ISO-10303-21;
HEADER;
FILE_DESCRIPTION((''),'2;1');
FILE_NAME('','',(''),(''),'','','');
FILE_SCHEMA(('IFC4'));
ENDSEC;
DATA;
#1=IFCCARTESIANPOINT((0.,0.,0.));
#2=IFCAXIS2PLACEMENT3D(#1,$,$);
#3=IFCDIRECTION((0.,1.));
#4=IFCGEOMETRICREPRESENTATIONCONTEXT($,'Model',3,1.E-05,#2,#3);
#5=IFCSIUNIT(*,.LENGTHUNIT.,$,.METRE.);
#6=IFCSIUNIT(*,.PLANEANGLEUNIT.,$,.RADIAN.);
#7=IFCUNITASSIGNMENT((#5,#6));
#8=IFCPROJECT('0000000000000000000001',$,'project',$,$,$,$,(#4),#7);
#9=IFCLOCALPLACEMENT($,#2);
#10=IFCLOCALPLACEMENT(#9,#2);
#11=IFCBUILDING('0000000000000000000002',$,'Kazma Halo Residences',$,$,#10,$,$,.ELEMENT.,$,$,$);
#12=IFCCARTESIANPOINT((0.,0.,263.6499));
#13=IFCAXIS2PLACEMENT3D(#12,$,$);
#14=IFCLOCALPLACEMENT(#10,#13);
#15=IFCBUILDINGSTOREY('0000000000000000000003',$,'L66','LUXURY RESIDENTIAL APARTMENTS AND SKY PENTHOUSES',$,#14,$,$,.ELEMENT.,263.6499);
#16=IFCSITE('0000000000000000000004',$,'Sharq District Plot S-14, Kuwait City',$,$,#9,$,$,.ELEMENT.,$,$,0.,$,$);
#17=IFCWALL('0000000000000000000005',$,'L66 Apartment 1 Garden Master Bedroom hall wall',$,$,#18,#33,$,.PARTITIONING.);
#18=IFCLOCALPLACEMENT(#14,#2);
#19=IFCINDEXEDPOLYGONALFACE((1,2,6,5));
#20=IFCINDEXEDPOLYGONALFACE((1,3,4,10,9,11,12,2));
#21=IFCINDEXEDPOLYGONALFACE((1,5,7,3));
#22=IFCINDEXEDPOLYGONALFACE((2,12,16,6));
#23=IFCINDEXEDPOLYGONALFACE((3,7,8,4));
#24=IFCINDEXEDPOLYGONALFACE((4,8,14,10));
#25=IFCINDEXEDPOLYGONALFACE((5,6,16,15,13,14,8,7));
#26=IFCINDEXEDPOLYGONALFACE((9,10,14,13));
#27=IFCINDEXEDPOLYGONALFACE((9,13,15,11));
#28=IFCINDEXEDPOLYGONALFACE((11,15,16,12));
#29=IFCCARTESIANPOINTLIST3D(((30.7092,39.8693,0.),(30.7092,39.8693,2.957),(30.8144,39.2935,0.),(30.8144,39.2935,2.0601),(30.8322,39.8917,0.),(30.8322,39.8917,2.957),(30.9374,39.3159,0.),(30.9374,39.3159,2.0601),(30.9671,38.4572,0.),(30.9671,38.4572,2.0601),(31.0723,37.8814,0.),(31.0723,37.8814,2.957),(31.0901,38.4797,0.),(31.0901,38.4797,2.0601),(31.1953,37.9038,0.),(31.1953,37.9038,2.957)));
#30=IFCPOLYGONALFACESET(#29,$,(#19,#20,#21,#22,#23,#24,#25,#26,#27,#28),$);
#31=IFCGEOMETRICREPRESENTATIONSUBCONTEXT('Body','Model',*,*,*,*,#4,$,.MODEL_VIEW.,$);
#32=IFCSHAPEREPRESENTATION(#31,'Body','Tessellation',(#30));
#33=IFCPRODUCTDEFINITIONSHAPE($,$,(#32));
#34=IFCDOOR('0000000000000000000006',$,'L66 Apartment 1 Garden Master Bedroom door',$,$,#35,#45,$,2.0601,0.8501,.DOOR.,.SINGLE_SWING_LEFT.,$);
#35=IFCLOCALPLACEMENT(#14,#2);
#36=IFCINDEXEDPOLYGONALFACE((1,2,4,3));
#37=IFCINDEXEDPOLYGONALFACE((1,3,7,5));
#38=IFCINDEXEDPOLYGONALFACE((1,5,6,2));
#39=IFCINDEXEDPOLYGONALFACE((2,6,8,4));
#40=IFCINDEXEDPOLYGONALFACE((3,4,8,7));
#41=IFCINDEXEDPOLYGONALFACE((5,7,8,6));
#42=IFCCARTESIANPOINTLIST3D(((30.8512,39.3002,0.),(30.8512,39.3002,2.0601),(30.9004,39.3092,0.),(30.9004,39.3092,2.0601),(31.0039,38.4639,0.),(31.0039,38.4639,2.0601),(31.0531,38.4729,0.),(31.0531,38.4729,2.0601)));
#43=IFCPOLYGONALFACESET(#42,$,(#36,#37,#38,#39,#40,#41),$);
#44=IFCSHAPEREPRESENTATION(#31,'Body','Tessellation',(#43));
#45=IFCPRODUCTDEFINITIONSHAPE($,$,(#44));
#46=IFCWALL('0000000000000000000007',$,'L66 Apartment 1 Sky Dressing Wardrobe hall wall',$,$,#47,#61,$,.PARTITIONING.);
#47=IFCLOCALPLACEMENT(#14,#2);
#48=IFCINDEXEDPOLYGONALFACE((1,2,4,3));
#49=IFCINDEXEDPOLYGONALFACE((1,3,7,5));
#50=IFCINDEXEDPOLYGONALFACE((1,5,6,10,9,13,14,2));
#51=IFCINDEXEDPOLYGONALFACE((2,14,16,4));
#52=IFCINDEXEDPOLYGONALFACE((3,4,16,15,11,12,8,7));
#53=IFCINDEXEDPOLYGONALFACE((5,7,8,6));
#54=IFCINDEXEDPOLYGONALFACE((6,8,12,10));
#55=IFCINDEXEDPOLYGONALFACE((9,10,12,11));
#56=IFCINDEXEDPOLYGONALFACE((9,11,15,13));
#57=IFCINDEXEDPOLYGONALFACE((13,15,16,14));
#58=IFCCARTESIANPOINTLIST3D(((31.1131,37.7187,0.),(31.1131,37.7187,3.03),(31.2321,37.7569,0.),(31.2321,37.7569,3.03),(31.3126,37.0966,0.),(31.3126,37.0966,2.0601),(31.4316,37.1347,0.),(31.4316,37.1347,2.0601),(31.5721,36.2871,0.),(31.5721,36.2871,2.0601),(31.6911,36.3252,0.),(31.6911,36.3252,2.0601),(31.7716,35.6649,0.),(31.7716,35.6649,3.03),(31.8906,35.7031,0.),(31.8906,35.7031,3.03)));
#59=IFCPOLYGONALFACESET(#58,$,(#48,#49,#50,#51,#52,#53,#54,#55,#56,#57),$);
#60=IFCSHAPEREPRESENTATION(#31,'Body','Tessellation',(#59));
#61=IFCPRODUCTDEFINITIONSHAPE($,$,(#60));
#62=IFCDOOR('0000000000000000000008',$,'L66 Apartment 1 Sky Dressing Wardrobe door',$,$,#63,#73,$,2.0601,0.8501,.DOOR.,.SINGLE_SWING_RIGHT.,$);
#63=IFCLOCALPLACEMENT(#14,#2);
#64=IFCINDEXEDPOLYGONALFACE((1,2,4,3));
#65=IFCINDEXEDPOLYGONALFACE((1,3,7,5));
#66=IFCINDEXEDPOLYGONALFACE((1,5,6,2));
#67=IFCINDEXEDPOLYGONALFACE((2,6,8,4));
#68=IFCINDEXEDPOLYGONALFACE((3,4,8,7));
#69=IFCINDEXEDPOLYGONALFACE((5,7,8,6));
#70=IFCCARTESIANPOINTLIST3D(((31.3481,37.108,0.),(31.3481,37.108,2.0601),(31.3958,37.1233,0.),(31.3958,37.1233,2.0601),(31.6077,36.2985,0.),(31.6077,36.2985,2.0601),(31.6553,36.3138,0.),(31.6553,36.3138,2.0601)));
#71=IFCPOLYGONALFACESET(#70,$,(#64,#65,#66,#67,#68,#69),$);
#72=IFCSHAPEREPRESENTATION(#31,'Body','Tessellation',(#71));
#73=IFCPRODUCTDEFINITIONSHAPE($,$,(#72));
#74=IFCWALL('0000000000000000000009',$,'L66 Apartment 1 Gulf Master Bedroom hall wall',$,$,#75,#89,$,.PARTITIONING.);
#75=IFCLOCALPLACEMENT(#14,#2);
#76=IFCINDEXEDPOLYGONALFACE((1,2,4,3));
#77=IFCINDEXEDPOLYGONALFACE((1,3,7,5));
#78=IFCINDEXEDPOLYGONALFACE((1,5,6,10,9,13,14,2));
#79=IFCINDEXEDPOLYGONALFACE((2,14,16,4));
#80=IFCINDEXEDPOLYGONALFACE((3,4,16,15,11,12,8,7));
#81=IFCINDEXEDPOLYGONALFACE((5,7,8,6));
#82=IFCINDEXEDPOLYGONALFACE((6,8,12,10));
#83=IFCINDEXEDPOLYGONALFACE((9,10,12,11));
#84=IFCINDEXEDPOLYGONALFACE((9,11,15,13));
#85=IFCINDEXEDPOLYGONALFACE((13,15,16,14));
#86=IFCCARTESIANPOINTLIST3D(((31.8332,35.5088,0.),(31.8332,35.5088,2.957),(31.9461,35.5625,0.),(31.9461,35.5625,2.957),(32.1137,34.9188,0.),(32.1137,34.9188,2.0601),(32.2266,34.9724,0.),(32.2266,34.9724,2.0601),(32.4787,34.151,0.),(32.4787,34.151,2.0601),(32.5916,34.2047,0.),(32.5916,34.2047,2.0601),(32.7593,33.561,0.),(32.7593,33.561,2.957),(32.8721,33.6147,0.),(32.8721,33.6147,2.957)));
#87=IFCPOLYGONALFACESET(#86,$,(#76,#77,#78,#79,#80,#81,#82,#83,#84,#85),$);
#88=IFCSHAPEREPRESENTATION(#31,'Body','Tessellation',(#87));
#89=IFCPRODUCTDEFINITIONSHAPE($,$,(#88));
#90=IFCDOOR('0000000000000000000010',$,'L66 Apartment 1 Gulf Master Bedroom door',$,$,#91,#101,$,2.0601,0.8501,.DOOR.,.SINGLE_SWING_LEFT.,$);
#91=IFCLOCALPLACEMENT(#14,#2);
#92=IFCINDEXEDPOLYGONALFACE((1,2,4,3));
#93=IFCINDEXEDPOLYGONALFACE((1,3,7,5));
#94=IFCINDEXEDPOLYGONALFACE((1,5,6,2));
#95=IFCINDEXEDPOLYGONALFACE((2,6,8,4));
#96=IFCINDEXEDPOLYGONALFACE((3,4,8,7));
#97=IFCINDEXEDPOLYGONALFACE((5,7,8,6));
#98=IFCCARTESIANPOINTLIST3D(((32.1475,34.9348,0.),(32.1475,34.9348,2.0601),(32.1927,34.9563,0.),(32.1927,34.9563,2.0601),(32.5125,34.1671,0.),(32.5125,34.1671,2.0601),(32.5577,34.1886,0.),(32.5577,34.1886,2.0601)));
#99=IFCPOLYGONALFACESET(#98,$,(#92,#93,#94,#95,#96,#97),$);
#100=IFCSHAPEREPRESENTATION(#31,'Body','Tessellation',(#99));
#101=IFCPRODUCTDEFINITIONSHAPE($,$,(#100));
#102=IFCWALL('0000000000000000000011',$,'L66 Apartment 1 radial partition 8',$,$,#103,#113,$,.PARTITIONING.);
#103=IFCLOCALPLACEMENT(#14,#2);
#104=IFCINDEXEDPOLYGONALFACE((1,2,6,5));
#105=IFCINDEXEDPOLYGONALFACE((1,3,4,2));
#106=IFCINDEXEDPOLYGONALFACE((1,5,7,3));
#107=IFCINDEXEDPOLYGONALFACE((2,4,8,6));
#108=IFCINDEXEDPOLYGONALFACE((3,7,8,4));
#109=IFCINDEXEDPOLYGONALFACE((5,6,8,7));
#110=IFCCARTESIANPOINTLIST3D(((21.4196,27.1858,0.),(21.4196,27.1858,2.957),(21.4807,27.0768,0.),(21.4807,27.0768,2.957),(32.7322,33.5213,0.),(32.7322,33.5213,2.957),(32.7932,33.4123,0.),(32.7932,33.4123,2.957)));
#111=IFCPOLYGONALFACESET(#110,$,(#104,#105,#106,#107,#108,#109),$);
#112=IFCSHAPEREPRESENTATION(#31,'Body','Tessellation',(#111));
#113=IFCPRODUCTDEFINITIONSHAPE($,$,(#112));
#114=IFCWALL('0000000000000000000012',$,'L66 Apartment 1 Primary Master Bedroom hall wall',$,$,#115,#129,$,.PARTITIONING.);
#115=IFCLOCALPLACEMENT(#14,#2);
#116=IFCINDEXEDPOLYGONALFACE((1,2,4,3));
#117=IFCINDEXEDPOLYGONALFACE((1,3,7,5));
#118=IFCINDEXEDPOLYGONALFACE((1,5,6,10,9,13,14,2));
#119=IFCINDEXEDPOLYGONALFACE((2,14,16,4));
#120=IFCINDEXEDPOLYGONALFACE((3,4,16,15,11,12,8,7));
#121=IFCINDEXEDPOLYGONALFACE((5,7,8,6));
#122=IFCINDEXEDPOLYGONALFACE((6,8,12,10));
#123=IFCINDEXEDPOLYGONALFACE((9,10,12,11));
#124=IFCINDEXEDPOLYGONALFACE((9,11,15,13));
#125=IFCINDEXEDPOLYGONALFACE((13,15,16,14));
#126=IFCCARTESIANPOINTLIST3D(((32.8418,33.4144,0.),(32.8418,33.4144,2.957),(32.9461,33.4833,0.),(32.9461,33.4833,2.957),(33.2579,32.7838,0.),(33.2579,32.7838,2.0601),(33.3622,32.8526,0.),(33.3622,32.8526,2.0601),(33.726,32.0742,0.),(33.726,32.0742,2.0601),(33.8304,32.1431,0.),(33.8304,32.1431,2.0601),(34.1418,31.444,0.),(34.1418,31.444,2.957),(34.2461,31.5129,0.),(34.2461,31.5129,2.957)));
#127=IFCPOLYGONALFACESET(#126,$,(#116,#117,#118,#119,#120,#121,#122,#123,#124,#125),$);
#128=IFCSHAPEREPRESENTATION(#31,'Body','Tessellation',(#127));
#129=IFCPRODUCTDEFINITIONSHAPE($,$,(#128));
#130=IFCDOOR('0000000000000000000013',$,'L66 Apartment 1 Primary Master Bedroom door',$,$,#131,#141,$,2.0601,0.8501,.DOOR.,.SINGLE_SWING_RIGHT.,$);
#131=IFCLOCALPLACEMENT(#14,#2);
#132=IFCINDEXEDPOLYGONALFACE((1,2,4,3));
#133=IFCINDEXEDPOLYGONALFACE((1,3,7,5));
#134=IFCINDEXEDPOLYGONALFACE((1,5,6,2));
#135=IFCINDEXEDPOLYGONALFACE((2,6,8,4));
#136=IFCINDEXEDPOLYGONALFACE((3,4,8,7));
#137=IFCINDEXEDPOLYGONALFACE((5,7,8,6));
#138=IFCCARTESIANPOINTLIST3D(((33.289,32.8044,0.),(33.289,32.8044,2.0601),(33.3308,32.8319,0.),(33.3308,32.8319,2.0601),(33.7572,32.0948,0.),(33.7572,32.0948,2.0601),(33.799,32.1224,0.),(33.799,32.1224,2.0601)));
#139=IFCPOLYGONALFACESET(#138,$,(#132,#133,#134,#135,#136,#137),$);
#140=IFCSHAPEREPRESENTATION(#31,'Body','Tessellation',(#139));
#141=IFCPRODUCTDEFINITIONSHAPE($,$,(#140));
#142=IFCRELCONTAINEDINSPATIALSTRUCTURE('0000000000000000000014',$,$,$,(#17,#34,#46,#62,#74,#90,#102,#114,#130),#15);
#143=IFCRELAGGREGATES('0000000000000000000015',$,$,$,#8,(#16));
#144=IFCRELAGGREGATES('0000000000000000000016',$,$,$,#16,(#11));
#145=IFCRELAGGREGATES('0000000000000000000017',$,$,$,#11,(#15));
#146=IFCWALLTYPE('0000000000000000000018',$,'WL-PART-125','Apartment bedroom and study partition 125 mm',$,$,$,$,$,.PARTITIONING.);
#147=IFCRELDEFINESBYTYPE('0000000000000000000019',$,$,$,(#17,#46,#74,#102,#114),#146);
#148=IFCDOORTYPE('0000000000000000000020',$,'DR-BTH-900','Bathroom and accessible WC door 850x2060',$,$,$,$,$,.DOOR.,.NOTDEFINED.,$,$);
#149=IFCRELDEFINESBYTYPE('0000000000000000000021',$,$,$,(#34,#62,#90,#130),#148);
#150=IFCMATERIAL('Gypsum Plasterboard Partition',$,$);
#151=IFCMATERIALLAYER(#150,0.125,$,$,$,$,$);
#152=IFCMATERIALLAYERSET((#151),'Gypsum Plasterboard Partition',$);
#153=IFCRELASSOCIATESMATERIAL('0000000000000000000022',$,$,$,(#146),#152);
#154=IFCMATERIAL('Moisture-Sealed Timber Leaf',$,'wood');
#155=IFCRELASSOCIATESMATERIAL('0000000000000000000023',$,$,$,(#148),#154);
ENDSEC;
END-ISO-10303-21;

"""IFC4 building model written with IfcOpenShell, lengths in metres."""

from ifc_helpers import new_model, si_unit, direction, frame, frame_2d, origin, place, context, subcontext, project, spatial, rectangle, extrude, material, layer, layer_set, type_object, element, fill, save


model = new_model("IFC4")

# Units and contexts
model_context = context("Model", 3, precision=1e-05, world=origin(), true_north=direction((0.0, 1.0)))
body_context = subcontext(model_context, "Body", "Model", "MODEL_VIEW")
ifc_project = project(units=[si_unit("LENGTHUNIT", "METRE"), si_unit("PLANEANGLEUNIT", "RADIAN")], contexts=[model_context])

# Site, building, storey
site_placement = place(None, origin())
site = spatial("IfcSite", under=ifc_project, at=site_placement, Name="Sharq District Plot S-14, Kuwait City", CompositionType="ELEMENT", RefElevation=0.0)
building_placement = place(site_placement, origin())
building = spatial("IfcBuilding", under=site, at=building_placement, Name="Kazma Halo Residences", CompositionType="ELEMENT")
storey_placement = place(building_placement, frame((0.0, 0.0, 263.6499)))
storey = spatial("IfcBuildingStorey", under=building, at=storey_placement, Name="L66", Description="LUXURY RESIDENTIAL APARTMENTS AND SKY PENTHOUSES", CompositionType="ELEMENT", Elevation=263.6499)

# Shared definitions
ifc_material_1 = material(Name="Gypsum Plasterboard Partition")
ifc_layer_1 = layer(ifc_material_1, 0.125)
ifc_layer_set_1 = layer_set([ifc_layer_1], Name="Gypsum Plasterboard Partition")
wall_type_1 = type_object("IfcWallType", Name="WL-PART-125", Description="Apartment bedroom and study partition 125 mm", PredefinedType="PARTITIONING", material=ifc_layer_set_1)

# Walls, openings, doors
wall_1_placement = place(storey_placement, frame((30.7708, 39.8804, 0.0), z_axis=(0.0, 0.0, 1.0), x_axis=(0.179662, -0.983728, 0.0)))
wall_1 = element("IfcWall", 1, at=wall_1_placement, inside=storey, type_object=wall_type_1, Name="L66 Apartment 1 Garden Master Bedroom hall wall", PredefinedType="PARTITIONING", context=body_context, shape_type="SweptSolid", body=[
    extrude(rectangle(XDim=2.0208, YDim=0.125, at=frame_2d((1.0103, 0.0))), origin(), (0.0, 0.0, 1.0), 2.957),
])
opening_1_placement = place(wall_1_placement, frame((0.5852, 0.0, 0.0)))
opening_1 = element("IfcOpeningElement", 2, at=opening_1_placement, cuts=wall_1, PredefinedType="OPENING", context=body_context, shape_type="SweptSolid", body=[
    extrude(rectangle(XDim=0.8501, YDim=2.0601, at=frame_2d((0.425, 1.03))), frame((0.0, 0.0725, 0.0), z_axis=(0.0, -1.0, 0.0), x_axis=(1.0, 0.0, 0.0)), (0.0, 0.0, 1.0), 0.145),
])
ifc_material_2 = material(Name="Moisture-Sealed Timber Leaf", Category="wood")
door_type = type_object("IfcDoorType", Name="DR-BTH-900", Description="Bathroom and accessible WC door 850x2060", OperationType="NOTDEFINED", PredefinedType="DOOR", material=ifc_material_2)
door_1_placement = place(opening_1_placement, origin())
door_1 = element("IfcDoor", 3, at=door_1_placement, inside=storey, type_object=door_type, Name="L66 Apartment 1 Garden Master Bedroom door", OperationType="SINGLE_SWING_LEFT", OverallHeight=2.0601, OverallWidth=0.8501, PredefinedType="DOOR", context=body_context, shape_type="SweptSolid", body=[
    extrude(rectangle(XDim=0.8501, YDim=2.0601, at=frame_2d((0.425, 1.03))), frame((0.0, 0.0249, 0.0), z_axis=(0.0, -1.0, 0.0), x_axis=(1.0, 0.0, 0.0)), (0.0, 0.0, 1.0), 0.05),
])
fill(opening_1, door_1)
wall_2_placement = place(storey_placement, frame((31.1726, 37.7378, 0.0), z_axis=(0.0, 0.0, 1.0), x_axis=(0.305306, -0.952254, 0.0)))
wall_2 = element("IfcWall", 4, at=wall_2_placement, inside=storey, type_object=wall_type_1, Name="L66 Apartment 1 Sky Dressing Wardrobe hall wall", PredefinedType="PARTITIONING", context=body_context, shape_type="SweptSolid", body=[
    extrude(rectangle(XDim=2.1567, YDim=0.125, at=frame_2d((1.0784, 0.0))), origin(), (0.0, 0.0, 1.0), 3.03),
])
opening_2_placement = place(wall_2_placement, frame((0.6533, 0.0, 0.0)))
opening_2 = element("IfcOpeningElement", 5, at=opening_2_placement, cuts=wall_2, PredefinedType="OPENING", context=body_context, shape_type="SweptSolid", body=[
    extrude(rectangle(XDim=0.8501, YDim=2.0601, at=frame_2d((0.425, 1.03))), frame((0.0, 0.0725, 0.0), z_axis=(0.0, -1.0, 0.0), x_axis=(1.0, 0.0, 0.0)), (0.0, 0.0, 1.0), 0.145),
])
door_2_placement = place(opening_2_placement, origin())
door_2 = element("IfcDoor", 6, at=door_2_placement, inside=storey, type_object=door_type, Name="L66 Apartment 1 Sky Dressing Wardrobe door", OperationType="SINGLE_SWING_RIGHT", OverallHeight=2.0601, OverallWidth=0.8501, PredefinedType="DOOR", context=body_context, shape_type="SweptSolid", body=[
    extrude(rectangle(XDim=0.8501, YDim=2.0601, at=frame_2d((0.425, 1.03))), frame((0.0, 0.0249, 0.0), z_axis=(0.0, -1.0, 0.0), x_axis=(1.0, 0.0, 0.0)), (0.0, 0.0, 1.0), 0.05),
])
fill(opening_2, door_2)
wall_3_placement = place(storey_placement, frame((31.8896, 35.5356, 0.0), z_axis=(0.0, 0.0, 1.0), x_axis=(0.429375, -0.903126, 0.0)))
wall_3 = element("IfcWall", 7, at=wall_3_placement, inside=storey, type_object=wall_type_1, Name="L66 Apartment 1 Gulf Master Bedroom hall wall", PredefinedType="PARTITIONING", context=body_context, shape_type="SweptSolid", body=[
    extrude(rectangle(XDim=2.1567, YDim=0.125, at=frame_2d((1.0784, 0.0))), origin(), (0.0, 0.0, 1.0), 2.957),
])
opening_3_placement = place(wall_3_placement, frame((0.6533, 0.0, 0.0)))
opening_3 = element("IfcOpeningElement", 8, at=opening_3_placement, cuts=wall_3, PredefinedType="OPENING", context=body_context, shape_type="SweptSolid", body=[
    extrude(rectangle(XDim=0.8501, YDim=2.0601, at=frame_2d((0.425, 1.03))), frame((0.0, 0.0725, 0.0), z_axis=(0.0, -1.0, 0.0), x_axis=(1.0, 0.0, 0.0)), (0.0, 0.0, 1.0), 0.145),
])
door_3_placement = place(opening_3_placement, origin())
door_3 = element("IfcDoor", 9, at=door_3_placement, inside=storey, type_object=door_type, Name="L66 Apartment 1 Gulf Master Bedroom door", OperationType="SINGLE_SWING_LEFT", OverallHeight=2.0601, OverallWidth=0.8501, PredefinedType="DOOR", context=body_context, shape_type="SweptSolid", body=[
    extrude(rectangle(XDim=0.8501, YDim=2.0601, at=frame_2d((0.425, 1.03))), frame((0.0, 0.0249, 0.0), z_axis=(0.0, -1.0, 0.0), x_axis=(1.0, 0.0, 0.0)), (0.0, 0.0, 1.0), 0.05),
])
fill(opening_3, door_3)

# Wall
wall_4_placement = place(storey_placement, frame((32.7627, 33.4668, 0.0), z_axis=(0.0, 0.0, 1.0), x_axis=(-0.872491, -0.48863, 0.0)))
element("IfcWall", 10, at=wall_4_placement, inside=storey, type_object=wall_type_1, Name="L66 Apartment 1 radial partition 8", PredefinedType="PARTITIONING", context=body_context, shape_type="SweptSolid", body=[
    extrude(rectangle(XDim=12.9658, YDim=0.125, at=frame_2d((6.4829, 0.0))), origin(), (0.0, 0.0, 1.0), 2.957),
])

# Wall, opening, door
wall_5_placement = place(storey_placement, frame((32.894, 33.4487, 0.0), z_axis=(0.0, 0.0, 1.0), x_axis=(0.550708, -0.834698, 0.0)))
wall_5 = element("IfcWall", 11, at=wall_5_placement, inside=storey, type_object=wall_type_1, Name="L66 Apartment 1 Primary Master Bedroom hall wall", PredefinedType="PARTITIONING", context=body_context, shape_type="SweptSolid", body=[
    extrude(rectangle(XDim=2.3606, YDim=0.125, at=frame_2d((1.1802, 0.0))), origin(), (0.0, 0.0, 1.0), 2.957),
])
opening_4_placement = place(wall_5_placement, frame((0.7554, 0.0, 0.0)))
opening_4 = element("IfcOpeningElement", 12, at=opening_4_placement, cuts=wall_5, PredefinedType="OPENING", context=body_context, shape_type="SweptSolid", body=[
    extrude(rectangle(XDim=0.8501, YDim=2.0601, at=frame_2d((0.425, 1.03))), frame((0.0, 0.0725, 0.0), z_axis=(0.0, -1.0, 0.0), x_axis=(1.0, 0.0, 0.0)), (0.0, 0.0, 1.0), 0.145),
])
door_4_placement = place(opening_4_placement, origin())
door_4 = element("IfcDoor", 13, at=door_4_placement, inside=storey, type_object=door_type, Name="L66 Apartment 1 Primary Master Bedroom door", OperationType="SINGLE_SWING_RIGHT", OverallHeight=2.0601, OverallWidth=0.8501, PredefinedType="DOOR", context=body_context, shape_type="SweptSolid", body=[
    extrude(rectangle(XDim=0.8501, YDim=2.0601, at=frame_2d((0.425, 1.03))), frame((0.0, 0.0249, 0.0), z_axis=(0.0, -1.0, 0.0), x_axis=(1.0, 0.0, 0.0)), (0.0, 0.0, 1.0), 0.05),
])
fill(opening_4, door_4)

save(model, "model.ifc")
